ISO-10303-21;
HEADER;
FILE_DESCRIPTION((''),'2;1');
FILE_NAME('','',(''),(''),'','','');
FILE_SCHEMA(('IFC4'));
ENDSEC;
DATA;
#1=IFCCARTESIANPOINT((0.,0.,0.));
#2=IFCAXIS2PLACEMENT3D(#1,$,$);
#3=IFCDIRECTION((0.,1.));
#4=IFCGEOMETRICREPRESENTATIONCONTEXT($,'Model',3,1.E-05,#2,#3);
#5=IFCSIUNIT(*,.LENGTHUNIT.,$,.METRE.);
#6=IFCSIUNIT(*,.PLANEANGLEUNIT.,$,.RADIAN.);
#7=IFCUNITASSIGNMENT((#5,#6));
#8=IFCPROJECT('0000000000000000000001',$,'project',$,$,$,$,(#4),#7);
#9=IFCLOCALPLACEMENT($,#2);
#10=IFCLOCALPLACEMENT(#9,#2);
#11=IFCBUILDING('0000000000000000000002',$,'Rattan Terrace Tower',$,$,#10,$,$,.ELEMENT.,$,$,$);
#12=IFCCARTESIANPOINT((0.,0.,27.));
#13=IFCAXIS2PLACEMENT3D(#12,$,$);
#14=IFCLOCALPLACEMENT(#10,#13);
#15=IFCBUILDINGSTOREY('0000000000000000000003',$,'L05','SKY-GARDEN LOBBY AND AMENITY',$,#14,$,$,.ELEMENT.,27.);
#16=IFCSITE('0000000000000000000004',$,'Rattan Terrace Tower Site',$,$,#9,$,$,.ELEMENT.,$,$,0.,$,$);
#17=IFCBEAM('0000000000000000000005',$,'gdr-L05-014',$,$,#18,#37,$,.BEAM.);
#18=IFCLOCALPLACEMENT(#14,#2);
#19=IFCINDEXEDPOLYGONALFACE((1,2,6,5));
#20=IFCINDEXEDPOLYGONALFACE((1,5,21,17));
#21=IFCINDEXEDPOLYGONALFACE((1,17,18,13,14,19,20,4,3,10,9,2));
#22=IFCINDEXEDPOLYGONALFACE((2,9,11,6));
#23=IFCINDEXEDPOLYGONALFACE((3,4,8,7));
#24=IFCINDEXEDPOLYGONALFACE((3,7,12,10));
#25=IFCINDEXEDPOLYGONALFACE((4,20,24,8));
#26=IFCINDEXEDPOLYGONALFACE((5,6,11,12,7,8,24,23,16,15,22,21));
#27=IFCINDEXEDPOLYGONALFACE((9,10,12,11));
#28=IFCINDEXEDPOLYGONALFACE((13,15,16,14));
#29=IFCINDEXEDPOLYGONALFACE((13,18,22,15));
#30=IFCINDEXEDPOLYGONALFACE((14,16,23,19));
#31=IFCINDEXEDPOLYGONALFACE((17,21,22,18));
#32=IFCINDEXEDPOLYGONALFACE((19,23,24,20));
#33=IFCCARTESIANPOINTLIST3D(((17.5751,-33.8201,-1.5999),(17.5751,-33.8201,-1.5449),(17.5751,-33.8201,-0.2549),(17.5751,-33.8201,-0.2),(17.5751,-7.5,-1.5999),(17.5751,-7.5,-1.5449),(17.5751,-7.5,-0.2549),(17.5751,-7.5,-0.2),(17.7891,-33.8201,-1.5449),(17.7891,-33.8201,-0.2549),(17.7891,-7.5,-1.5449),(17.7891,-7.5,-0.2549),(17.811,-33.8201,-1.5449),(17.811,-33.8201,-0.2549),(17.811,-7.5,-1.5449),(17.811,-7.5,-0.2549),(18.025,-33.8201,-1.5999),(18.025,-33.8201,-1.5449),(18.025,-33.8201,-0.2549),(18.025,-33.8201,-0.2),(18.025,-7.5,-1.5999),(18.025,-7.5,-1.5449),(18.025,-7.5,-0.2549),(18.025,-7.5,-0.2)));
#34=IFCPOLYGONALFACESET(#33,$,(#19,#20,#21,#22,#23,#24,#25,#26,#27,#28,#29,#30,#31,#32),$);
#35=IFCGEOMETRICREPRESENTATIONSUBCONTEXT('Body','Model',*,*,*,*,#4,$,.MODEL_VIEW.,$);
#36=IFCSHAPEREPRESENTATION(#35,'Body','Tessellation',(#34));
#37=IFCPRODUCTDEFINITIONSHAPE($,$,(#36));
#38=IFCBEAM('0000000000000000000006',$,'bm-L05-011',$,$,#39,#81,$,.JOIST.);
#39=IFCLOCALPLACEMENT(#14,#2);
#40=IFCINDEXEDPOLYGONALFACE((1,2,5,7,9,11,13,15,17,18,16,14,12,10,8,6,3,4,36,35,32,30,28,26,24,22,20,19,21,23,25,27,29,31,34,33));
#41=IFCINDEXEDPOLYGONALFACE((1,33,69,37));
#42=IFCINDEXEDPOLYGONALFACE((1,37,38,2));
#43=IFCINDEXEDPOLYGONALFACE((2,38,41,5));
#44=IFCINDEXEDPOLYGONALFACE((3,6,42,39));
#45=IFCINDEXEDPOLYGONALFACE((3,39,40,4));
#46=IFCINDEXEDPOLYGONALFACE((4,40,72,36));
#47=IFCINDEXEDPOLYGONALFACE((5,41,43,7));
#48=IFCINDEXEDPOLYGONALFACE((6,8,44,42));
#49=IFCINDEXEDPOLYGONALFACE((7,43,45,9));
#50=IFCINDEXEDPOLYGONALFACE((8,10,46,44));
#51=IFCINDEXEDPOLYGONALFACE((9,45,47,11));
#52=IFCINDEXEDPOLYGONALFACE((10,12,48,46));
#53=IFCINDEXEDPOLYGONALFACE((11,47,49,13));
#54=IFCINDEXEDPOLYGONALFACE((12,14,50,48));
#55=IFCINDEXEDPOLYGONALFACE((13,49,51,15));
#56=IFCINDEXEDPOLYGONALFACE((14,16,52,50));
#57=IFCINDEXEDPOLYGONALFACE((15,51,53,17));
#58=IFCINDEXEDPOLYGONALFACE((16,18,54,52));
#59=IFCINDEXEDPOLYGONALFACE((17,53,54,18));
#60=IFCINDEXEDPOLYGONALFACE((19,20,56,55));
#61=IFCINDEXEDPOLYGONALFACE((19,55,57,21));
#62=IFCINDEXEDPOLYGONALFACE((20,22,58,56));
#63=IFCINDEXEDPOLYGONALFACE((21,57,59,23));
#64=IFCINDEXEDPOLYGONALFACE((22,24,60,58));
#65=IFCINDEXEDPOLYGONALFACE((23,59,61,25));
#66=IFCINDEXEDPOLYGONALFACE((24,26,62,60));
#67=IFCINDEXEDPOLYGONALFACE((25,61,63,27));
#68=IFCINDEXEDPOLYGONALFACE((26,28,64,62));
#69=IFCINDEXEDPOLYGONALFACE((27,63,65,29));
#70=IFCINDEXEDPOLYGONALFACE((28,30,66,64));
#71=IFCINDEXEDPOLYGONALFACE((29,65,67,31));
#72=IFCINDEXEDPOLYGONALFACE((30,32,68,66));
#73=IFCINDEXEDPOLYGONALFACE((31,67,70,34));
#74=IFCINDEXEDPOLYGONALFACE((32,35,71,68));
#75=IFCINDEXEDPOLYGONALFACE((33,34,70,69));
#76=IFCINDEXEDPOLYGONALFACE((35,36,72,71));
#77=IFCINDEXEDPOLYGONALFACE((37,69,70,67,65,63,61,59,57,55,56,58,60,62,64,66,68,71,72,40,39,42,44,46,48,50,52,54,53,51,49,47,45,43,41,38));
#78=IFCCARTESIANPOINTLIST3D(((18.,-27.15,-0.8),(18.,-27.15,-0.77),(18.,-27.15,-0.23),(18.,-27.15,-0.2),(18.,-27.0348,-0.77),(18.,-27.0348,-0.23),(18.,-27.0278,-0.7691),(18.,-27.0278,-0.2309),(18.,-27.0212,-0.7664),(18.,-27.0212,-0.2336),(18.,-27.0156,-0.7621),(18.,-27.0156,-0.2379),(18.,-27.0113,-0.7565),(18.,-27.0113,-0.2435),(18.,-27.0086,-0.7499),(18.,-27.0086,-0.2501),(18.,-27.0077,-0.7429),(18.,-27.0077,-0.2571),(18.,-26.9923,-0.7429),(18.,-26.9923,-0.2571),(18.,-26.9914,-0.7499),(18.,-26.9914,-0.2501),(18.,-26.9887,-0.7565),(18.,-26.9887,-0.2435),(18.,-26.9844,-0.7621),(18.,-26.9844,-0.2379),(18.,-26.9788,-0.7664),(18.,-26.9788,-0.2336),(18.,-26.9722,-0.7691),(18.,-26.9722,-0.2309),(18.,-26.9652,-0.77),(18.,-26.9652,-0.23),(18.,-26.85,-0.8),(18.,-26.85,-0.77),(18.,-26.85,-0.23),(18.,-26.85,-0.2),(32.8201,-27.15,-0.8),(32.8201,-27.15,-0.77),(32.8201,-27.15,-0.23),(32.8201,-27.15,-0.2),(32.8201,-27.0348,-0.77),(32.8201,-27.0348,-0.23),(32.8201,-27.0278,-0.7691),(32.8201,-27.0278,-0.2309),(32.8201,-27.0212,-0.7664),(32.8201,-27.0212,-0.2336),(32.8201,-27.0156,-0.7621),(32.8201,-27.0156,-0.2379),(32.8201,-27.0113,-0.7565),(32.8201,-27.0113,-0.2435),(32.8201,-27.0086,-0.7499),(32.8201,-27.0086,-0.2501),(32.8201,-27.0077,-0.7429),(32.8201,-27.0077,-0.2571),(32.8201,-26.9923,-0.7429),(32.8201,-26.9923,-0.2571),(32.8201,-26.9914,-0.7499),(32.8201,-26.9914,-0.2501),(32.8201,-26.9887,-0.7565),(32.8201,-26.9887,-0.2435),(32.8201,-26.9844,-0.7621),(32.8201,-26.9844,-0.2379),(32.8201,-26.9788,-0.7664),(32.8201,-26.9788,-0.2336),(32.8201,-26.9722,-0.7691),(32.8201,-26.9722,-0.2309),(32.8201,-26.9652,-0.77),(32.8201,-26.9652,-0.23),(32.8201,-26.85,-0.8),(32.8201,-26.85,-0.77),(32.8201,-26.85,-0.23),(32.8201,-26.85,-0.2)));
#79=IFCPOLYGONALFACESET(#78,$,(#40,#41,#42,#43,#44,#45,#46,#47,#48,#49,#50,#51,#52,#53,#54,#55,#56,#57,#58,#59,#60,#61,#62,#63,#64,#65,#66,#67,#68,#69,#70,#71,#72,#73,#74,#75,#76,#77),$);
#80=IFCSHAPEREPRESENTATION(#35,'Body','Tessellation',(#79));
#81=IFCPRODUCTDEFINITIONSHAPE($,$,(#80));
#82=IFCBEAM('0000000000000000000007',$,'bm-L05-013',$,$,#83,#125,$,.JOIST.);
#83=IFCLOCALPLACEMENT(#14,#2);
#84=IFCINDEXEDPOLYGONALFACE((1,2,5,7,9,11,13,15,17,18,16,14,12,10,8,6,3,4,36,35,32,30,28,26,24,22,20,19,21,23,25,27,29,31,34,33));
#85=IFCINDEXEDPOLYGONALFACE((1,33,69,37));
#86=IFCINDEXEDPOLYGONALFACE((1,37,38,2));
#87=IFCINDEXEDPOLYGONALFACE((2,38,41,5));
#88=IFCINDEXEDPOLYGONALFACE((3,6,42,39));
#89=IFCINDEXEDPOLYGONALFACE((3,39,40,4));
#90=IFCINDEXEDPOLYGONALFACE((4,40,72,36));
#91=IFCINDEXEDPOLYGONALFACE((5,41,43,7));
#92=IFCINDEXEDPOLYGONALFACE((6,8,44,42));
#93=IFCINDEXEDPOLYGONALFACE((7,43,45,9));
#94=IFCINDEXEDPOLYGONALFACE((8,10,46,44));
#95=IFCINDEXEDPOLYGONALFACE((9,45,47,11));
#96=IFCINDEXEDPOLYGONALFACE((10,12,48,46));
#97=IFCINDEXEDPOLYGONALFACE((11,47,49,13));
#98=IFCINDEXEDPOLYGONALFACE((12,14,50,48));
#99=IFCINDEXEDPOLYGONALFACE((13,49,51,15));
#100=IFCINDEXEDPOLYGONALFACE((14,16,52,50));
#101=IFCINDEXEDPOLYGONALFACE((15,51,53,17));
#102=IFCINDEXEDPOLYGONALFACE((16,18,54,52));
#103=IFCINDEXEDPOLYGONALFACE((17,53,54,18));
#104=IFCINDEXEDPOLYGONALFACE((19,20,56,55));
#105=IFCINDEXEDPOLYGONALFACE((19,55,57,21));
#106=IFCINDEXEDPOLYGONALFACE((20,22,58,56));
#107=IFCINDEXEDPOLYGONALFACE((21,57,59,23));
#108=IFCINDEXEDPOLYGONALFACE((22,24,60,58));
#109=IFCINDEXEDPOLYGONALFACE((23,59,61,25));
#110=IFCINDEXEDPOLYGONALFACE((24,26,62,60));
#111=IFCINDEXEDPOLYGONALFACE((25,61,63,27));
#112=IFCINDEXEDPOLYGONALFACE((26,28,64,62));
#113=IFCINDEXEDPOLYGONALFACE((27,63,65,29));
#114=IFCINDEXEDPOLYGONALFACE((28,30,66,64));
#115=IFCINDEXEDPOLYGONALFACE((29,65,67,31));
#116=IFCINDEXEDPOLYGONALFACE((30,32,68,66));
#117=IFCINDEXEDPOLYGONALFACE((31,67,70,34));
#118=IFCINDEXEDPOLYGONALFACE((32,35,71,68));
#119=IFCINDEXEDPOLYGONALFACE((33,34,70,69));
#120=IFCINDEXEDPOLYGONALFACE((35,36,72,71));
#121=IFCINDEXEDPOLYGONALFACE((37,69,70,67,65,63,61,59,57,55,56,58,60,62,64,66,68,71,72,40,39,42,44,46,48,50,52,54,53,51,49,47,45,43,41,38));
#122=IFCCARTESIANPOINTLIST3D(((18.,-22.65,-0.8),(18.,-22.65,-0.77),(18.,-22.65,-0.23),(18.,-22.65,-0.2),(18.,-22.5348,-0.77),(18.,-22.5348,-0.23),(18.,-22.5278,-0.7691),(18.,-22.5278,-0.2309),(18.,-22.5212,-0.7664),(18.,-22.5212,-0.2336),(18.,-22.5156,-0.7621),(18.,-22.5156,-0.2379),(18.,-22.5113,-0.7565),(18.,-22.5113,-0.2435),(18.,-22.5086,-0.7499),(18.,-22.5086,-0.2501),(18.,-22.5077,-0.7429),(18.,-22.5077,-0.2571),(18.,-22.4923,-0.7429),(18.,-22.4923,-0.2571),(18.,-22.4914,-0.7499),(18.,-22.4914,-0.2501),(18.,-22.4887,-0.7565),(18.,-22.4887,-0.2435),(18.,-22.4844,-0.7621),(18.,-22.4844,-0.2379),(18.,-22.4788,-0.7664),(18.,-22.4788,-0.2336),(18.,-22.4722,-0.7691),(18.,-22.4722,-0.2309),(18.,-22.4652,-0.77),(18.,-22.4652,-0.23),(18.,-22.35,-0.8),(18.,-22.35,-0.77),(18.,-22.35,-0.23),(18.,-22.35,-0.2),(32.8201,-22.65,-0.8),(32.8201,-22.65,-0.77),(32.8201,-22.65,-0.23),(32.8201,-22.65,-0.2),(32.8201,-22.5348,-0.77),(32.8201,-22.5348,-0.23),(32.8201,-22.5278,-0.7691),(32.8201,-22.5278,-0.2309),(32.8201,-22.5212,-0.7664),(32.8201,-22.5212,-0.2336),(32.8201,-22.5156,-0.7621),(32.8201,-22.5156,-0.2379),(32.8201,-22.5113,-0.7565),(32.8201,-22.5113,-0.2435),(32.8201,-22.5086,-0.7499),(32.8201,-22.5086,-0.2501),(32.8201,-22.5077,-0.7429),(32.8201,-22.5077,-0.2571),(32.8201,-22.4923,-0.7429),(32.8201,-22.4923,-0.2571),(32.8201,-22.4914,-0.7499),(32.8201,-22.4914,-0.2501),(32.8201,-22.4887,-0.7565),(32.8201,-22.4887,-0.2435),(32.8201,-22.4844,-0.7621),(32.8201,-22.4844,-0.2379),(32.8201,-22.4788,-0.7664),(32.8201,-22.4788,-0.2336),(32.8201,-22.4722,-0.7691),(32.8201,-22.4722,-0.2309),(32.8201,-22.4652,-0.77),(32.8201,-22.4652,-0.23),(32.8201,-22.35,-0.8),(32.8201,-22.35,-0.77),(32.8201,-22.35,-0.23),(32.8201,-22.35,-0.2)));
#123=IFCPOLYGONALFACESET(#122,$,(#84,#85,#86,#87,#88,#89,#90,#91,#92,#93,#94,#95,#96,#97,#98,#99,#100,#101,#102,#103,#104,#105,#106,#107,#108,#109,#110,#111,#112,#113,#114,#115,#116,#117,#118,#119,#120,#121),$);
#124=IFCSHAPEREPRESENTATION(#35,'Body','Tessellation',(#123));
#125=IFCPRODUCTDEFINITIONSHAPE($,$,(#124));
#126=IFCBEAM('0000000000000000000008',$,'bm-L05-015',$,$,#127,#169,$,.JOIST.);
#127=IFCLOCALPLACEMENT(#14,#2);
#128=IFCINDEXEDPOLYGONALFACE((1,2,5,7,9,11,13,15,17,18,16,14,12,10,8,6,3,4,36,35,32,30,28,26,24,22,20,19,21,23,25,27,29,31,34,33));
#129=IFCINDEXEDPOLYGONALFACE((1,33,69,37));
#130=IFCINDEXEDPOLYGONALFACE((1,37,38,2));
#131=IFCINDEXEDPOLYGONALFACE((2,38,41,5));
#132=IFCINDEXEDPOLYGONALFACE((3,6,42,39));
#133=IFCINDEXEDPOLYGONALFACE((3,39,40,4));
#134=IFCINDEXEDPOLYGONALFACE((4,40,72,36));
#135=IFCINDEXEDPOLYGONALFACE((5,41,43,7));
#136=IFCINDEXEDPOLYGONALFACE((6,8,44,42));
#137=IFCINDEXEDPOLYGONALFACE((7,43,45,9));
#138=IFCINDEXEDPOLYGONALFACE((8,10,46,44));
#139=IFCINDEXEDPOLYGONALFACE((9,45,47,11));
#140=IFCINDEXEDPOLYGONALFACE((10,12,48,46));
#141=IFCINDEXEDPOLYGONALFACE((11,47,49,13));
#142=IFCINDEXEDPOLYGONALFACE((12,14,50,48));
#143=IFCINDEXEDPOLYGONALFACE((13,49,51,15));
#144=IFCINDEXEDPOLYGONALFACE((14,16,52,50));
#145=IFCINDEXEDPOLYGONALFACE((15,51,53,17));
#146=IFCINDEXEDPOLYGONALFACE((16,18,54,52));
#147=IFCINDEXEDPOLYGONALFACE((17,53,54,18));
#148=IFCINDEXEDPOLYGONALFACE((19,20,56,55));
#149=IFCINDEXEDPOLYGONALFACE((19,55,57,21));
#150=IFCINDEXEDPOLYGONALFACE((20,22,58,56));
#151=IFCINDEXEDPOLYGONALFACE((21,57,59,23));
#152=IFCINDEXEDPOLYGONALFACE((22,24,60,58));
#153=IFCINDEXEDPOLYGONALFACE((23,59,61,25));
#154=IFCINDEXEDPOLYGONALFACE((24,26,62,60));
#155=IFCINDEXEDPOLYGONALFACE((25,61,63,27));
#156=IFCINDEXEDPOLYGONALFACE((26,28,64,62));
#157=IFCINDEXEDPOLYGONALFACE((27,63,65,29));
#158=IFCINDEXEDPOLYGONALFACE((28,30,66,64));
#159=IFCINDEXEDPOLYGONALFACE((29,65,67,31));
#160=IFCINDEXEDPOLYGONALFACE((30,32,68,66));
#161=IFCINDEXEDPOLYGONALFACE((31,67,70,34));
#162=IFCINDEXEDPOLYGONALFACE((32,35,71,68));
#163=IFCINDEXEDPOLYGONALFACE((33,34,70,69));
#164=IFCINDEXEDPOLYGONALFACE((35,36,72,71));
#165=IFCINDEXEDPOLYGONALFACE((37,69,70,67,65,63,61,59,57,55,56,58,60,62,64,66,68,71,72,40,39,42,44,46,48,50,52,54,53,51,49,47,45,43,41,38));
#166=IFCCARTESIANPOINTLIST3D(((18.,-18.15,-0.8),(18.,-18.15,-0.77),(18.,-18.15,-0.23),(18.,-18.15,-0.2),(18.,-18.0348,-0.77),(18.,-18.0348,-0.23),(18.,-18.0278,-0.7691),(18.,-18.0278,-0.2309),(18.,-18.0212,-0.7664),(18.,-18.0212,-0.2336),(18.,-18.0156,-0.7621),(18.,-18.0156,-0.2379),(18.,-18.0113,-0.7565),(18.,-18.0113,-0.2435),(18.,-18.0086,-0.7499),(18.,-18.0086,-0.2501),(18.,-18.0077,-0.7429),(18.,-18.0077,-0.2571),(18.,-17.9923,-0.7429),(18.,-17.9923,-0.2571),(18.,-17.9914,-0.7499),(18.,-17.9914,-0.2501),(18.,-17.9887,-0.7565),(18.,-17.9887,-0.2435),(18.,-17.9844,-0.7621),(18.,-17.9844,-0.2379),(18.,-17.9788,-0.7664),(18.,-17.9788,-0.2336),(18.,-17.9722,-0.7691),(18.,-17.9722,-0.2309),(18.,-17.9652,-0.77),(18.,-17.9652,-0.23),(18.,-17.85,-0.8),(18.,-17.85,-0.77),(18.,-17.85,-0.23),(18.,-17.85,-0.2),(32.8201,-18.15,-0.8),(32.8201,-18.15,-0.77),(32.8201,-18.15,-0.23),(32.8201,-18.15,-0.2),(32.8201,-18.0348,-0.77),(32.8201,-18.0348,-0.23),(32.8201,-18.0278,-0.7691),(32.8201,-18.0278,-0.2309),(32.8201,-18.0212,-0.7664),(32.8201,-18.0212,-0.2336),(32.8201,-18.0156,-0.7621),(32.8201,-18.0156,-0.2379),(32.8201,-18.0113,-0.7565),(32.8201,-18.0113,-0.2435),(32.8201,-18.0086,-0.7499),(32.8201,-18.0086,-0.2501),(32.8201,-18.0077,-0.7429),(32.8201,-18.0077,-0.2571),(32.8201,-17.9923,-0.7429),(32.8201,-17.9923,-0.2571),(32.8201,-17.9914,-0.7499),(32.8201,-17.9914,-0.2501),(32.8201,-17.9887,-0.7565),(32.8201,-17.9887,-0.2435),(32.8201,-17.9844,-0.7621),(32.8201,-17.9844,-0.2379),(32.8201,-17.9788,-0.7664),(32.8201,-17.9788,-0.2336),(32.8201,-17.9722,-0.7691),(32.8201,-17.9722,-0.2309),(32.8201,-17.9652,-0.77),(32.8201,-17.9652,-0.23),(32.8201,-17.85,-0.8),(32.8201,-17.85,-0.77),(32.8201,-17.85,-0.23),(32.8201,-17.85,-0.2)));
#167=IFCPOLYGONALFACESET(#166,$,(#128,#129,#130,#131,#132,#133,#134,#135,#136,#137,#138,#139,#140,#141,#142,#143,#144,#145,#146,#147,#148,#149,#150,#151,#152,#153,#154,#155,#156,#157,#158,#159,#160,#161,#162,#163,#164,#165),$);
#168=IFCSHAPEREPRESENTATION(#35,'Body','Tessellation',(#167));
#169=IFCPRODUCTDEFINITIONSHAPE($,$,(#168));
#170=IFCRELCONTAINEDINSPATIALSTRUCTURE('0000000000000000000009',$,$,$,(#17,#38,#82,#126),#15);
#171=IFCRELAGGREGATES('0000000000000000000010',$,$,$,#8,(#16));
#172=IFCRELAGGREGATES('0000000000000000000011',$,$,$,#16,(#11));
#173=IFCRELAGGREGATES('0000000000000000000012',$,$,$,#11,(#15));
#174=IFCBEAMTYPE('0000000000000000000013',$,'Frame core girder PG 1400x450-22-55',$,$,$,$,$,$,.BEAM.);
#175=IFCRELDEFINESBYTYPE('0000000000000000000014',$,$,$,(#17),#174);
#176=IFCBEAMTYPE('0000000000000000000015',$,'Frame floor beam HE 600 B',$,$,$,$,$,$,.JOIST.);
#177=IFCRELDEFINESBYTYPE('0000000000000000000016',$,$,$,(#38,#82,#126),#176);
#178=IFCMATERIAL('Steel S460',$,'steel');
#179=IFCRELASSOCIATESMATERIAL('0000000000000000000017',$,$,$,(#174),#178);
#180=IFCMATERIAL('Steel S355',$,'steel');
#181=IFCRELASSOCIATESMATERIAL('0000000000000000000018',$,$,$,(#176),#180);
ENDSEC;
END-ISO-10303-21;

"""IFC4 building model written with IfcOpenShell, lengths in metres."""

from ifc_helpers import new_model, si_unit, direction, frame, origin, origin_2d, place, context, subcontext, project, spatial, i_section, extrude, material, material_profile, profile_set, type_object, element, save


model = new_model("IFC4")

# Units and contexts
model_context = context("Model", 3, precision=1e-05, world=origin(), true_north=direction((0.0, 1.0)))
body_context = subcontext(model_context, "Body", "Model", "MODEL_VIEW")
ifc_project = project(units=[si_unit("LENGTHUNIT", "METRE"), si_unit("PLANEANGLEUNIT", "RADIAN")], contexts=[model_context])

# Site, building, storey
site_placement = place(None, origin())
site = spatial("IfcSite", under=ifc_project, at=site_placement, Name="Rattan Terrace Tower Site", CompositionType="ELEMENT", RefElevation=0.0)
building_placement = place(site_placement, origin())
building = spatial("IfcBuilding", under=site, at=building_placement, Name="Rattan Terrace Tower", CompositionType="ELEMENT")
storey_placement = place(building_placement, frame((0.0, 0.0, 27.0)))
storey = spatial("IfcBuildingStorey", under=building, at=storey_placement, Name="L05", Description="SKY-GARDEN LOBBY AND AMENITY", CompositionType="ELEMENT", Elevation=27.0)

# Beams
ifc_material_1 = material(Name="Steel S460", Category="steel")
ifc_material_profile_1 = material_profile(ifc_material_1, i_section(OverallWidth=0.45, OverallDepth=1.3999, WebThickness=0.022, FlangeThickness=0.0549, at=origin_2d()), Name="PG 1400x450-22-55")
ifc_profile_set_1 = profile_set([ifc_material_profile_1], Name="Steel S460")
beam_type_1 = type_object("IfcBeamType", Name="Frame core girder PG 1400x450-22-55", PredefinedType="BEAM", material=ifc_profile_set_1)
beam_placement = place(storey_placement, frame((17.8, -33.8201, -0.8999), z_axis=(0.0, 1.0, 0.0), x_axis=(-1.0, 0.0, 0.0)))
element("IfcBeam", 1, at=beam_placement, inside=storey, type_object=beam_type_1, Name="gdr-L05-014", PredefinedType="BEAM", context=body_context, shape_type="SweptSolid", body=[
    extrude(i_section(OverallWidth=0.45, OverallDepth=1.3999, WebThickness=0.022, FlangeThickness=0.0549, at=origin_2d()), origin(), (0.0, 0.0, 1.0), 26.3201),
])
ifc_material_2 = material(Name="Steel S355", Category="steel")
ifc_material_profile_2 = material_profile(ifc_material_2, i_section(OverallWidth=0.3, OverallDepth=0.6001, WebThickness=0.0154, FlangeThickness=0.03, FilletRadius=0.0271, at=origin_2d()), Name="HE 600 B")
ifc_profile_set_2 = profile_set([ifc_material_profile_2], Name="Steel S355")
beam_type_2 = type_object("IfcBeamType", Name="Frame floor beam HE 600 B", PredefinedType="JOIST", material=ifc_profile_set_2)
for number, where, z_axis, x_axis, name in (
    (2, (18.0, -27.0, -0.5), (1.0, 0.0, 0.0), (0.0, 1.0, 0.0), "bm-L05-011"),
    (3, (18.0, -22.5, -0.5), (1.0, 0.0, 0.0), (0.0, 1.0, 0.0), "bm-L05-013"),
    (4, (18.0, -18.0, -0.5), (1.0, 0.0, 0.0), (0.0, 1.0, 0.0), "bm-L05-015"),
):
    element("IfcBeam", number, at=place(storey_placement, frame(where, z_axis=z_axis, x_axis=x_axis)), inside=storey, type_object=beam_type_2, Name=name, PredefinedType="JOIST", context=body_context, shape_type="SweptSolid", body=[
        extrude(i_section(OverallWidth=0.3, OverallDepth=0.6001, WebThickness=0.0154, FlangeThickness=0.03, FilletRadius=0.0271, at=origin_2d()), origin(), (0.0, 0.0, 1.0), 14.8201),
    ])

save(model, "model.ifc")
